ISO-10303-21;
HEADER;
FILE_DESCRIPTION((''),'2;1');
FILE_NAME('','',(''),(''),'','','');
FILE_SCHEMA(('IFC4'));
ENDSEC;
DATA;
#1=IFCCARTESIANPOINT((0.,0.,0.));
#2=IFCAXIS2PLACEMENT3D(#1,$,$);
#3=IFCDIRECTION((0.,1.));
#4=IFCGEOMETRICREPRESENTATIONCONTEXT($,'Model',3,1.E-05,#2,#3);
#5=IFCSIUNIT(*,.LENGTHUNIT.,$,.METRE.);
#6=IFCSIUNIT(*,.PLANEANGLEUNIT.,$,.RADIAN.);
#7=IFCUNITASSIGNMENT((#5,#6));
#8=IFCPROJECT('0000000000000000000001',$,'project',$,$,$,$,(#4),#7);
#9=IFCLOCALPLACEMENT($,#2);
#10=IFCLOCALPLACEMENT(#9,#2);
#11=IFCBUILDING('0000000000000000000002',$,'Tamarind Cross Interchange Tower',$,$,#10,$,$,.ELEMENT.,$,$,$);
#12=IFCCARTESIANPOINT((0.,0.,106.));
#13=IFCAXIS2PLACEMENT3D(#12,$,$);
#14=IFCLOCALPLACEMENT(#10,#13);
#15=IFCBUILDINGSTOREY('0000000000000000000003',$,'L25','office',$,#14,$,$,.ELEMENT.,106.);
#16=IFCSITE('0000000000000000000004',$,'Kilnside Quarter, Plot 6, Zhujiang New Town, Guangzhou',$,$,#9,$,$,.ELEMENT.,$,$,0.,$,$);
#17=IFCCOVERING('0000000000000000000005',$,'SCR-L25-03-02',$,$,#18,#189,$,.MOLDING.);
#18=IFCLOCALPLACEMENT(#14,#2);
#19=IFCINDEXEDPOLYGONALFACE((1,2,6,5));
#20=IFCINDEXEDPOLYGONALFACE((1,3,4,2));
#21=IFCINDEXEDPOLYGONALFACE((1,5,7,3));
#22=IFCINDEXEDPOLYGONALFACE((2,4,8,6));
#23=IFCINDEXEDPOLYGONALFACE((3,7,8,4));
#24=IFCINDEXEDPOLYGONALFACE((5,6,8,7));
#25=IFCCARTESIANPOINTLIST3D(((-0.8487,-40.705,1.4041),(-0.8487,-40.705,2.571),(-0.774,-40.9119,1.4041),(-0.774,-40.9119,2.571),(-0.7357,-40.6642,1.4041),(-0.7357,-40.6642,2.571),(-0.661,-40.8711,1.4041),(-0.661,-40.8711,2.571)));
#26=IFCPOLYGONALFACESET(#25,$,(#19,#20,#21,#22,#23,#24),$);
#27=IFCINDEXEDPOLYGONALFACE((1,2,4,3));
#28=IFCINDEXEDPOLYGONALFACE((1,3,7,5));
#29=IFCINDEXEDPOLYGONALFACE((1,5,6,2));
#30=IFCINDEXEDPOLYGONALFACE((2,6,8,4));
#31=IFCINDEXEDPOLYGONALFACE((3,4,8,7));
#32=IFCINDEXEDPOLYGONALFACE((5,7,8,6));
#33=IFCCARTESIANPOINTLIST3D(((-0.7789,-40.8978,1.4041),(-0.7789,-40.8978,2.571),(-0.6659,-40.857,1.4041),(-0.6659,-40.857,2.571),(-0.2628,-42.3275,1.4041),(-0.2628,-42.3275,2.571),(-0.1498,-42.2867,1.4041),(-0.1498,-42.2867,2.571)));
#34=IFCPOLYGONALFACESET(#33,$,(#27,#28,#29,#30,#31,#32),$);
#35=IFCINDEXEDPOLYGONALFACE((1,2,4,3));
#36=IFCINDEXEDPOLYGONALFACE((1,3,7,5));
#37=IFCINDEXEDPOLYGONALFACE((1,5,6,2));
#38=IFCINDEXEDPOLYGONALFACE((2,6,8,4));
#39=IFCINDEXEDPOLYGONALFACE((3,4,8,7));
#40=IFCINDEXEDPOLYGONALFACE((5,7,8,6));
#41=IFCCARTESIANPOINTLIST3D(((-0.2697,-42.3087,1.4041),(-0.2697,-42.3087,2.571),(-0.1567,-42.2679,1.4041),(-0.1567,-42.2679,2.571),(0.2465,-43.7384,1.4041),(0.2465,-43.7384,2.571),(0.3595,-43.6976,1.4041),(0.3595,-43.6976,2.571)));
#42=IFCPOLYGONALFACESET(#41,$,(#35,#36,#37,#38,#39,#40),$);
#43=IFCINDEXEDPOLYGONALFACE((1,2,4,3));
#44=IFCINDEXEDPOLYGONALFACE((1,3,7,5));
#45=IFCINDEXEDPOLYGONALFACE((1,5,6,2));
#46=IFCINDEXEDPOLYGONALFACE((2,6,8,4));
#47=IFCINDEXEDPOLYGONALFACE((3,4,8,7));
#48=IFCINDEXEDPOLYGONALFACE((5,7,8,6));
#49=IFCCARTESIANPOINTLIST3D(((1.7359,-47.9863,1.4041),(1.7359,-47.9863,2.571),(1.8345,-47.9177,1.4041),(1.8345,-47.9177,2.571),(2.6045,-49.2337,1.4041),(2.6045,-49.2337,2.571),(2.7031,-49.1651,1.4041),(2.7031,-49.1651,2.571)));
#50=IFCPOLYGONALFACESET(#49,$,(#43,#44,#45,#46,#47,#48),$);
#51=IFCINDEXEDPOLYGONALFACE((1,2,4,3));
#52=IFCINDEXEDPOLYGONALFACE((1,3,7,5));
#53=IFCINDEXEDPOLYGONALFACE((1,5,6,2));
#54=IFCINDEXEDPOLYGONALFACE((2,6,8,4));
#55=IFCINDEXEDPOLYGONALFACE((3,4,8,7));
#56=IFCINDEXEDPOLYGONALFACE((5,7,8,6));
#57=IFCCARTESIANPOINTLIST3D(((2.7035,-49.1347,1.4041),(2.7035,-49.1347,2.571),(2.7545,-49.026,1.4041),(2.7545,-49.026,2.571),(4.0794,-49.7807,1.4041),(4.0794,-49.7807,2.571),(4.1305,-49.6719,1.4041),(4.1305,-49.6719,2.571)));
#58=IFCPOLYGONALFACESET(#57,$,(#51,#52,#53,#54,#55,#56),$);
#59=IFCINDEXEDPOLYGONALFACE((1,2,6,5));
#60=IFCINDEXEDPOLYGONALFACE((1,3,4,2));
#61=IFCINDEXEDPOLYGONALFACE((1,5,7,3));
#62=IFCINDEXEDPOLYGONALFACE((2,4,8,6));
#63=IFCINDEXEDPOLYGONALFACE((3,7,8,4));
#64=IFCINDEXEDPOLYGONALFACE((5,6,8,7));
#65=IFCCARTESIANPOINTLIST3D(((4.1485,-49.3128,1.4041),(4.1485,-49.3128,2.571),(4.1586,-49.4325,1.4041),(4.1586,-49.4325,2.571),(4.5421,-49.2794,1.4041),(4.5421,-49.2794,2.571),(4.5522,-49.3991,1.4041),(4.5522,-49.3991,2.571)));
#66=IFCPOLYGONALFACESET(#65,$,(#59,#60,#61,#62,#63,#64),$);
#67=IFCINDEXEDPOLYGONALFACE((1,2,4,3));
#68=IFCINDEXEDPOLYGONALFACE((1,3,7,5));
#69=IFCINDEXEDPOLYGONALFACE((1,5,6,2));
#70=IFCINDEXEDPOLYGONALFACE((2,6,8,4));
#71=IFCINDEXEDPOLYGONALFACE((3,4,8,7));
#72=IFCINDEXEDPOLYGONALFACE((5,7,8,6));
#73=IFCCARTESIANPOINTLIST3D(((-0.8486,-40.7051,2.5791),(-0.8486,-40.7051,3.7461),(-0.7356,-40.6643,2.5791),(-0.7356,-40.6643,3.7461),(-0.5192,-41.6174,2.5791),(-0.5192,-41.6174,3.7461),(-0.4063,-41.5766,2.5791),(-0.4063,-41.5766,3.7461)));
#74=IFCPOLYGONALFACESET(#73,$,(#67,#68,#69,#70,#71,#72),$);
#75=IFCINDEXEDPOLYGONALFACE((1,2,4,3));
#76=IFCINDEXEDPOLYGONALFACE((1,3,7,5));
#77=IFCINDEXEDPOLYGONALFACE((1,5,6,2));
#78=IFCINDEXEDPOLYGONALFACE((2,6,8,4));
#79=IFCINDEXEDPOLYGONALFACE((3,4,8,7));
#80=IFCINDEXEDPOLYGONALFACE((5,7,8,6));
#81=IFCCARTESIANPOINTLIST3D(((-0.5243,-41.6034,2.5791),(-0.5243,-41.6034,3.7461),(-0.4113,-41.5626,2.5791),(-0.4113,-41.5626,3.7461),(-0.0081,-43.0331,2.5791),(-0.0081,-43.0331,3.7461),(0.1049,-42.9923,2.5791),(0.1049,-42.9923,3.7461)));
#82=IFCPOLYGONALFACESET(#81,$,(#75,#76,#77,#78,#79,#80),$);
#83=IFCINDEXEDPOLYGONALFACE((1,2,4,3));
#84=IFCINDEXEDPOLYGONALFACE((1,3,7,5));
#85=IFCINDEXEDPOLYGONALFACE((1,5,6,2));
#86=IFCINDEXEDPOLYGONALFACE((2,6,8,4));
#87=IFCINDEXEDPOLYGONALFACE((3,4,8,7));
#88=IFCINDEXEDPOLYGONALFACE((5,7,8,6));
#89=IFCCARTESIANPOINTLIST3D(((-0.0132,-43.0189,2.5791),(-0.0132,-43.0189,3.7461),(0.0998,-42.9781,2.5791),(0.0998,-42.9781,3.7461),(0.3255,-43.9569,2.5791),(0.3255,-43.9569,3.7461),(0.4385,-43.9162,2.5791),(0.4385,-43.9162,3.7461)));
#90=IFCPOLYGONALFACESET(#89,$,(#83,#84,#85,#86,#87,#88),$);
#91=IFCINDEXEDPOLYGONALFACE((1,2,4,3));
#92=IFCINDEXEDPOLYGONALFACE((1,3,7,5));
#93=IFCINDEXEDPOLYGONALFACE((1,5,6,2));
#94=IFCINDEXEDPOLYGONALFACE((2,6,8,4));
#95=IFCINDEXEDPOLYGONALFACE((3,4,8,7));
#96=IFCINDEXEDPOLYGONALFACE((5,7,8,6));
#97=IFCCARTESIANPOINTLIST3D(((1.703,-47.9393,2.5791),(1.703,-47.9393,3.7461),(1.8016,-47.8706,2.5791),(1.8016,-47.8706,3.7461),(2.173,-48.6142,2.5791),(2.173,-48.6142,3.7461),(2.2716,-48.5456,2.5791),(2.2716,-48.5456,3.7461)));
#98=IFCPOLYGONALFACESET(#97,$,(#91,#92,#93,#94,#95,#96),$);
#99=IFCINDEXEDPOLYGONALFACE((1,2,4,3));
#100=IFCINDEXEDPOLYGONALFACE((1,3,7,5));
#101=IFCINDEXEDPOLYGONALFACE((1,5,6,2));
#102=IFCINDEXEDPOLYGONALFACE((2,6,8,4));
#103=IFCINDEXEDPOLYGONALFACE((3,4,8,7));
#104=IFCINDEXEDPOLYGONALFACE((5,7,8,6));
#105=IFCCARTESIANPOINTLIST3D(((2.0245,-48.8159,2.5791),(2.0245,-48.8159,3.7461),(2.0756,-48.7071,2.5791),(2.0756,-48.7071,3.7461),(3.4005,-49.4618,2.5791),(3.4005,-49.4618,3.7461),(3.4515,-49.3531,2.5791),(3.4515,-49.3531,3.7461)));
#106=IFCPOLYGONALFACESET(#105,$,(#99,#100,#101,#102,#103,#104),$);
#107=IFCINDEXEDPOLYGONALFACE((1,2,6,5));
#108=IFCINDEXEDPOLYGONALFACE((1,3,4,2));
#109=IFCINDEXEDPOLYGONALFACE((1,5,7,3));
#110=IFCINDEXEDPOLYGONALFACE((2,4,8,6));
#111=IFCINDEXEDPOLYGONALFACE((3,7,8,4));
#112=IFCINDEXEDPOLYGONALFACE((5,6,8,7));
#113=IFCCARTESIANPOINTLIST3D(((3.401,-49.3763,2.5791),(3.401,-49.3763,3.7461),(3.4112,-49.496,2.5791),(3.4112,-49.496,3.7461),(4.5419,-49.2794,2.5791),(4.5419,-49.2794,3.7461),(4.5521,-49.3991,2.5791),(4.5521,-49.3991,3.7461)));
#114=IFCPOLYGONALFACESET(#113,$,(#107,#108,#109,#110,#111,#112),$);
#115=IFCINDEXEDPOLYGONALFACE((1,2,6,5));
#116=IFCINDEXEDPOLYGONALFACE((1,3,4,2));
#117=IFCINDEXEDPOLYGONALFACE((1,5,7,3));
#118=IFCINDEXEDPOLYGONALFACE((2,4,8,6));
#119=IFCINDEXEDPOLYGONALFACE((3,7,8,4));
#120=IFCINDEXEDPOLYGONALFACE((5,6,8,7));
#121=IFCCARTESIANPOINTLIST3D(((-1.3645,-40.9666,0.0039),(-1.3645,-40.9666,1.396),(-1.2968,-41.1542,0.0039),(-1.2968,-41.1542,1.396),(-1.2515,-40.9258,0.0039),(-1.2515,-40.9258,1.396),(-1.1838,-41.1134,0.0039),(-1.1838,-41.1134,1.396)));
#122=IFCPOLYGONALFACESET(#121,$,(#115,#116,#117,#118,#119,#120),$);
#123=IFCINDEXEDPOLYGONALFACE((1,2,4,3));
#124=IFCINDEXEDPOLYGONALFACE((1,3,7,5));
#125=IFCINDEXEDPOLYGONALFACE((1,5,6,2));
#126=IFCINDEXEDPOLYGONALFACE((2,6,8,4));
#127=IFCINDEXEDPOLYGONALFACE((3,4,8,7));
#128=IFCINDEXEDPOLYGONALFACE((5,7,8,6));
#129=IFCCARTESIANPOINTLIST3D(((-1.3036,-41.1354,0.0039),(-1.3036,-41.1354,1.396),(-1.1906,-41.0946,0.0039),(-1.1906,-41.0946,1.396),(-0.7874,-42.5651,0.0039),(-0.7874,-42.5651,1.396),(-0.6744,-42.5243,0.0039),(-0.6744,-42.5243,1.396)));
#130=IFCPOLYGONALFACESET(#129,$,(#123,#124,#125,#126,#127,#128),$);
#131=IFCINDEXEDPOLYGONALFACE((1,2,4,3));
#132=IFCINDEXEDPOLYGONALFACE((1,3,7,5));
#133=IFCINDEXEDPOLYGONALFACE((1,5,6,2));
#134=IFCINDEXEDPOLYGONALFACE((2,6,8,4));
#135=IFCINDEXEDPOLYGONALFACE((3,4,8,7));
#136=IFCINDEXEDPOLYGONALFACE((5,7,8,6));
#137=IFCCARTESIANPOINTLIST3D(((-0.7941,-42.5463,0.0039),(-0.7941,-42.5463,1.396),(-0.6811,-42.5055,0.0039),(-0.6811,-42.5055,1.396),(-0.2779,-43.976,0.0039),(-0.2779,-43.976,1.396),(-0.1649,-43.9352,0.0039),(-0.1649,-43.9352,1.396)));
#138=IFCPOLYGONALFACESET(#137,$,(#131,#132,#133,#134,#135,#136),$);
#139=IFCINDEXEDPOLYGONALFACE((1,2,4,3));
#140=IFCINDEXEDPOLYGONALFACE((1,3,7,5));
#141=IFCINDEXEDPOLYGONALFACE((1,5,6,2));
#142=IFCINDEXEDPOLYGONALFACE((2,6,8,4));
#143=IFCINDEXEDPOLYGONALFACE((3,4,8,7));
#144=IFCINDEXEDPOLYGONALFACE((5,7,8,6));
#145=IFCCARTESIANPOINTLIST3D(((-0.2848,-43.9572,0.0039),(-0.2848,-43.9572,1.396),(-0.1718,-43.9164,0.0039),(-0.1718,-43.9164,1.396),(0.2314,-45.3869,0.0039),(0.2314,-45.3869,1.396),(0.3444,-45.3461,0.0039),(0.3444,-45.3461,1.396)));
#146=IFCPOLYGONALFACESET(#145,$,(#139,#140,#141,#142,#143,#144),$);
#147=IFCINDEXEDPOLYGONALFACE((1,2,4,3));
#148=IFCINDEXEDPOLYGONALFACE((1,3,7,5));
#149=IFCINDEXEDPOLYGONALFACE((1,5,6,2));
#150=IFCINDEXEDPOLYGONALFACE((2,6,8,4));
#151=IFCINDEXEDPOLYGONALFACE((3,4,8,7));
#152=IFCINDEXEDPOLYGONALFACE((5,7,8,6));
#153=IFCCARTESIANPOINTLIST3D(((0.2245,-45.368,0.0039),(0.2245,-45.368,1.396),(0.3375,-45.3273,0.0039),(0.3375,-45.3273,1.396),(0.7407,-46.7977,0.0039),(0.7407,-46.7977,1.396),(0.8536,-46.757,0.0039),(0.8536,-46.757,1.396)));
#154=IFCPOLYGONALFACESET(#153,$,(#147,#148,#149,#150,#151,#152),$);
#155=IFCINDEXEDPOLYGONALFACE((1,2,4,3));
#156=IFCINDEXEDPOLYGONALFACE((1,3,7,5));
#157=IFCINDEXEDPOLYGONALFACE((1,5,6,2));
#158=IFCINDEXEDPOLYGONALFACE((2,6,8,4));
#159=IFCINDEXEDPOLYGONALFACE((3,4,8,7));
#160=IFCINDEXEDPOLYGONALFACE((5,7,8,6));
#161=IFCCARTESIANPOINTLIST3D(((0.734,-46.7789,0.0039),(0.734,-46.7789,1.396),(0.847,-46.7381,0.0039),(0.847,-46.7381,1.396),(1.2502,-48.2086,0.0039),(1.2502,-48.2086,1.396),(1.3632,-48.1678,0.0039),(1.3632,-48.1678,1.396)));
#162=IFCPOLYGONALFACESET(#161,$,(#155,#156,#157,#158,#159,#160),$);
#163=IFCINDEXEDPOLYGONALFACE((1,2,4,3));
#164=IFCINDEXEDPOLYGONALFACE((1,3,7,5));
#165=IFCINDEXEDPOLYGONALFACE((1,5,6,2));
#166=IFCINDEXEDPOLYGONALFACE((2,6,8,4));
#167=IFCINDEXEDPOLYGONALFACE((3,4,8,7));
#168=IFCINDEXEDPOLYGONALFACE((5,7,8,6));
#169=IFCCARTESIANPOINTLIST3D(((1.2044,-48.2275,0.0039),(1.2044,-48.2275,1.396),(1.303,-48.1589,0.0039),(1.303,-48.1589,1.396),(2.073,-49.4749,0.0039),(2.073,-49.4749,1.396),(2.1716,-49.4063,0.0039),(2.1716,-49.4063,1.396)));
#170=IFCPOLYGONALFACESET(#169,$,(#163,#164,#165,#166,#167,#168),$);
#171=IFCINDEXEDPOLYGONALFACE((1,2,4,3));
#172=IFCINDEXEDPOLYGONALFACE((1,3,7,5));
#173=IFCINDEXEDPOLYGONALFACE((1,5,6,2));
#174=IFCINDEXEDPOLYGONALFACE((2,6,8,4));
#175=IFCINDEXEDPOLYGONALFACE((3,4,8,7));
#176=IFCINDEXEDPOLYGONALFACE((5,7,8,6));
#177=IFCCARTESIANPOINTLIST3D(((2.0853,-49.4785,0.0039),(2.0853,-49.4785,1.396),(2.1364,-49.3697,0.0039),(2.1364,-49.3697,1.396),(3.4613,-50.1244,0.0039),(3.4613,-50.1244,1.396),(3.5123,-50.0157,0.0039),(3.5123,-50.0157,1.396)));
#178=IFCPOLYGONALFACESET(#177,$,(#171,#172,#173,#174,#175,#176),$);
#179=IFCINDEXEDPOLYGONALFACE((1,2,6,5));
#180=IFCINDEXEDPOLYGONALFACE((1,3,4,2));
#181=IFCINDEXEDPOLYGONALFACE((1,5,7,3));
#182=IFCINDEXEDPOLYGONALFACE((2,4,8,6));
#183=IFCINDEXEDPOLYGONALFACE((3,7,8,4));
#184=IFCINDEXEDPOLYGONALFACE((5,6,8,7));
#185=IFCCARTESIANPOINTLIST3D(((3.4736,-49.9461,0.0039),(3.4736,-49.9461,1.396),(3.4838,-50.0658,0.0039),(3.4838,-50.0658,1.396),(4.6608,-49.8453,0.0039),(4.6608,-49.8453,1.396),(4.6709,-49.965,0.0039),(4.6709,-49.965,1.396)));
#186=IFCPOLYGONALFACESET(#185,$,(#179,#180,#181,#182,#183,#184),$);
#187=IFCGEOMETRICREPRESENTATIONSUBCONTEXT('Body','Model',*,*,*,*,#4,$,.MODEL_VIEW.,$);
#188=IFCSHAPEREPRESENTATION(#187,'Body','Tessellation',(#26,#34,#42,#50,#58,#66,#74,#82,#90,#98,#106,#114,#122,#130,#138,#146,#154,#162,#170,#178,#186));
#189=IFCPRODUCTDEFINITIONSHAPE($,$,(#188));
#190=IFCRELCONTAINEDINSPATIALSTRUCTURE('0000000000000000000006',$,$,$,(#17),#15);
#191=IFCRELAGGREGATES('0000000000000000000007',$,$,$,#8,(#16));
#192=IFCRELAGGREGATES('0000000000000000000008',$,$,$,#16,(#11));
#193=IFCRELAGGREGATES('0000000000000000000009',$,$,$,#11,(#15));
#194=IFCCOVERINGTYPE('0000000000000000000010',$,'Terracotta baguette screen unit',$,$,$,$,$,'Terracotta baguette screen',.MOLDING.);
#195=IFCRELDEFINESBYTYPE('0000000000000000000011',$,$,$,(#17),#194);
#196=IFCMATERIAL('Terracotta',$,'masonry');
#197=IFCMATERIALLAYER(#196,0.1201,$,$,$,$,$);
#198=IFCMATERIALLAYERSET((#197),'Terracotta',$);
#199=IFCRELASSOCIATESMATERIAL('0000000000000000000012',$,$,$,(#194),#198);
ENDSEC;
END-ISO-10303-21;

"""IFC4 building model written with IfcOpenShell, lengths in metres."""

from ifc_helpers import new_model, si_unit, direction, frame, origin, origin_2d, place, context, subcontext, project, spatial, rectangle, extrude, material, layer, layer_set, type_object, element, save


model = new_model("IFC4")

# Units and contexts
model_context = context("Model", 3, precision=1e-05, world=origin(), true_north=direction((0.0, 1.0)))
body_context = subcontext(model_context, "Body", "Model", "MODEL_VIEW")
ifc_project = project(units=[si_unit("LENGTHUNIT", "METRE"), si_unit("PLANEANGLEUNIT", "RADIAN")], contexts=[model_context])

# Site, building, storey
site_placement = place(None, origin())
site = spatial("IfcSite", under=ifc_project, at=site_placement, Name="Kilnside Quarter, Plot 6, Zhujiang New Town, Guangzhou", CompositionType="ELEMENT", RefElevation=0.0)
building_placement = place(site_placement, origin())
building = spatial("IfcBuilding", under=site, at=building_placement, Name="Tamarind Cross Interchange Tower", CompositionType="ELEMENT")
storey_placement = place(building_placement, frame((0.0, 0.0, 106.0)))
storey = spatial("IfcBuildingStorey", under=building, at=storey_placement, Name="L25", Description="office", CompositionType="ELEMENT", Elevation=106.0)

# Covering
ifc_material_1 = material(Name="Terracotta", Category="masonry")
ifc_layer_1 = layer(ifc_material_1, 0.1201)
ifc_layer_set_1 = layer_set([ifc_layer_1], Name="Terracotta")
covering_type = type_object("IfcCoveringType", Name="Terracotta baguette screen unit", ElementType="Terracotta baguette screen", PredefinedType="MOLDING", material=ifc_layer_set_1)
covering_1_placement = place(storey_placement, origin())
element("IfcCovering", 1, at=covering_1_placement, inside=storey, type_object=covering_type, Name="SCR-L25-03-02", PredefinedType="MOLDING", context=body_context, shape_type="SweptSolid", body=[
    extrude(rectangle(XDim=0.22, YDim=0.1201, at=origin_2d()), frame((-0.7549, -40.7881, 1.4041), z_axis=(0.0, 0.0, 1.0), x_axis=(0.339579, -0.940578, 0.0)), (0.0, 0.0, 1.0), 1.167),
    extrude(rectangle(XDim=1.52, YDim=0.1201, at=origin_2d()), frame((-0.4644, -41.5923, 1.4041), z_axis=(0.0, 0.0, 1.0), x_axis=(0.339579, -0.940578, 0.0)), (0.0, 0.0, 1.0), 1.167),
    extrude(rectangle(XDim=1.52, YDim=0.1201, at=origin_2d()), frame((0.0449, -43.0032, 1.4041), z_axis=(0.0, 0.0, 1.0), x_axis=(0.339579, -0.940578, 0.0)), (0.0, 0.0, 1.0), 1.167),
    extrude(rectangle(XDim=1.52, YDim=0.1201, at=origin_2d()), frame((2.2195, -48.5757, 1.4041), z_axis=(0.0, 0.0, 1.0), x_axis=(0.571447, -0.820639, 0.0)), (0.0, 0.0, 1.0), 1.167),
    extrude(rectangle(XDim=1.52, YDim=0.1201, at=origin_2d()), frame((3.417, -49.4033, 1.4041), z_axis=(0.0, 0.0, 1.0), x_axis=(0.905207, -0.424971, 0.0)), (0.0, 0.0, 1.0), 1.167),
    extrude(rectangle(XDim=0.395, YDim=0.1201, at=origin_2d()), frame((4.3503, -49.356, 1.4041), z_axis=(0.0, 0.0, 1.0), x_axis=(0.996418, 0.084568, 0.0)), (0.0, 0.0, 1.0), 1.167),
    extrude(rectangle(XDim=0.97, YDim=0.1201, at=origin_2d()), frame((-0.6274, -41.1409, 2.5791), z_axis=(0.0, 0.0, 1.0), x_axis=(0.339579, -0.940578, 0.0)), (0.0, 0.0, 1.0), 1.167),
    extrude(rectangle(XDim=1.52, YDim=0.1201, at=origin_2d()), frame((-0.2097, -42.2979, 2.5791), z_axis=(0.0, 0.0, 1.0), x_axis=(0.339579, -0.940578, 0.0)), (0.0, 0.0, 1.0), 1.167),
    extrude(rectangle(XDim=0.9973, YDim=0.1201, at=origin_2d()), frame((0.2126, -43.4675, 2.5791), z_axis=(0.0, 0.0, 1.0), x_axis=(0.339579, -0.940578, 0.0)), (0.0, 0.0, 1.0), 1.167),
    extrude(rectangle(XDim=0.8225, YDim=0.1201, at=origin_2d()), frame((1.9873, -48.2424, 2.5791), z_axis=(0.0, 0.0, 1.0), x_axis=(0.571447, -0.820639, 0.0)), (0.0, 0.0, 1.0), 1.167),
    extrude(rectangle(XDim=1.52, YDim=0.1201, at=origin_2d()), frame((2.738, -49.0845, 2.5791), z_axis=(0.0, 0.0, 1.0), x_axis=(0.905207, -0.424971, 0.0)), (0.0, 0.0, 1.0), 1.167),
    extrude(rectangle(XDim=1.145, YDim=0.1201, at=origin_2d()), frame((3.9766, -49.3877, 2.5791), z_axis=(0.0, 0.0, 1.0), x_axis=(0.996418, 0.084568, 0.0)), (0.0, 0.0, 1.0), 1.167),
    extrude(rectangle(XDim=0.1995, YDim=0.1201, at=origin_2d()), frame((-1.2742, -41.04, 0.0039), z_axis=(0.0, 0.0, 1.0), x_axis=(0.339579, -0.940578, 0.0)), (0.0, 0.0, 1.0), 1.3921),
    extrude(rectangle(XDim=1.52, YDim=0.1201, at=origin_2d()), frame((-0.989, -41.8298, 0.0039), z_axis=(0.0, 0.0, 1.0), x_axis=(0.339579, -0.940578, 0.0)), (0.0, 0.0, 1.0), 1.3921),
    extrude(rectangle(XDim=1.52, YDim=0.1201, at=origin_2d()), frame((-0.4795, -43.2407, 0.0039), z_axis=(0.0, 0.0, 1.0), x_axis=(0.339579, -0.940578, 0.0)), (0.0, 0.0, 1.0), 1.3921),
    extrude(rectangle(XDim=1.52, YDim=0.1201, at=origin_2d()), frame((0.0298, -44.6516, 0.0039), z_axis=(0.0, 0.0, 1.0), x_axis=(0.339579, -0.940578, 0.0)), (0.0, 0.0, 1.0), 1.3921),
    extrude(rectangle(XDim=1.52, YDim=0.1201, at=origin_2d()), frame((0.5391, -46.0625, 0.0039), z_axis=(0.0, 0.0, 1.0), x_axis=(0.339579, -0.940578, 0.0)), (0.0, 0.0, 1.0), 1.3921),
    extrude(rectangle(XDim=1.52, YDim=0.1201, at=origin_2d()), frame((1.0486, -47.4734, 0.0039), z_axis=(0.0, 0.0, 1.0), x_axis=(0.339579, -0.940578, 0.0)), (0.0, 0.0, 1.0), 1.3921),
    extrude(rectangle(XDim=1.52, YDim=0.1201, at=origin_2d()), frame((1.688, -48.8169, 0.0039), z_axis=(0.0, 0.0, 1.0), x_axis=(0.571447, -0.820639, 0.0)), (0.0, 0.0, 1.0), 1.3921),
    extrude(rectangle(XDim=1.52, YDim=0.1201, at=origin_2d()), frame((2.7988, -49.7471, 0.0039), z_axis=(0.0, 0.0, 1.0), x_axis=(0.905207, -0.424971, 0.0)), (0.0, 0.0, 1.0), 1.3921),
    extrude(rectangle(XDim=1.1914, YDim=0.1201, at=origin_2d()), frame((4.0723, -49.9556, 0.0039), z_axis=(0.0, 0.0, 1.0), x_axis=(0.996418, 0.084568, 0.0)), (0.0, 0.0, 1.0), 1.3921),
])

save(model, "model.ifc")
